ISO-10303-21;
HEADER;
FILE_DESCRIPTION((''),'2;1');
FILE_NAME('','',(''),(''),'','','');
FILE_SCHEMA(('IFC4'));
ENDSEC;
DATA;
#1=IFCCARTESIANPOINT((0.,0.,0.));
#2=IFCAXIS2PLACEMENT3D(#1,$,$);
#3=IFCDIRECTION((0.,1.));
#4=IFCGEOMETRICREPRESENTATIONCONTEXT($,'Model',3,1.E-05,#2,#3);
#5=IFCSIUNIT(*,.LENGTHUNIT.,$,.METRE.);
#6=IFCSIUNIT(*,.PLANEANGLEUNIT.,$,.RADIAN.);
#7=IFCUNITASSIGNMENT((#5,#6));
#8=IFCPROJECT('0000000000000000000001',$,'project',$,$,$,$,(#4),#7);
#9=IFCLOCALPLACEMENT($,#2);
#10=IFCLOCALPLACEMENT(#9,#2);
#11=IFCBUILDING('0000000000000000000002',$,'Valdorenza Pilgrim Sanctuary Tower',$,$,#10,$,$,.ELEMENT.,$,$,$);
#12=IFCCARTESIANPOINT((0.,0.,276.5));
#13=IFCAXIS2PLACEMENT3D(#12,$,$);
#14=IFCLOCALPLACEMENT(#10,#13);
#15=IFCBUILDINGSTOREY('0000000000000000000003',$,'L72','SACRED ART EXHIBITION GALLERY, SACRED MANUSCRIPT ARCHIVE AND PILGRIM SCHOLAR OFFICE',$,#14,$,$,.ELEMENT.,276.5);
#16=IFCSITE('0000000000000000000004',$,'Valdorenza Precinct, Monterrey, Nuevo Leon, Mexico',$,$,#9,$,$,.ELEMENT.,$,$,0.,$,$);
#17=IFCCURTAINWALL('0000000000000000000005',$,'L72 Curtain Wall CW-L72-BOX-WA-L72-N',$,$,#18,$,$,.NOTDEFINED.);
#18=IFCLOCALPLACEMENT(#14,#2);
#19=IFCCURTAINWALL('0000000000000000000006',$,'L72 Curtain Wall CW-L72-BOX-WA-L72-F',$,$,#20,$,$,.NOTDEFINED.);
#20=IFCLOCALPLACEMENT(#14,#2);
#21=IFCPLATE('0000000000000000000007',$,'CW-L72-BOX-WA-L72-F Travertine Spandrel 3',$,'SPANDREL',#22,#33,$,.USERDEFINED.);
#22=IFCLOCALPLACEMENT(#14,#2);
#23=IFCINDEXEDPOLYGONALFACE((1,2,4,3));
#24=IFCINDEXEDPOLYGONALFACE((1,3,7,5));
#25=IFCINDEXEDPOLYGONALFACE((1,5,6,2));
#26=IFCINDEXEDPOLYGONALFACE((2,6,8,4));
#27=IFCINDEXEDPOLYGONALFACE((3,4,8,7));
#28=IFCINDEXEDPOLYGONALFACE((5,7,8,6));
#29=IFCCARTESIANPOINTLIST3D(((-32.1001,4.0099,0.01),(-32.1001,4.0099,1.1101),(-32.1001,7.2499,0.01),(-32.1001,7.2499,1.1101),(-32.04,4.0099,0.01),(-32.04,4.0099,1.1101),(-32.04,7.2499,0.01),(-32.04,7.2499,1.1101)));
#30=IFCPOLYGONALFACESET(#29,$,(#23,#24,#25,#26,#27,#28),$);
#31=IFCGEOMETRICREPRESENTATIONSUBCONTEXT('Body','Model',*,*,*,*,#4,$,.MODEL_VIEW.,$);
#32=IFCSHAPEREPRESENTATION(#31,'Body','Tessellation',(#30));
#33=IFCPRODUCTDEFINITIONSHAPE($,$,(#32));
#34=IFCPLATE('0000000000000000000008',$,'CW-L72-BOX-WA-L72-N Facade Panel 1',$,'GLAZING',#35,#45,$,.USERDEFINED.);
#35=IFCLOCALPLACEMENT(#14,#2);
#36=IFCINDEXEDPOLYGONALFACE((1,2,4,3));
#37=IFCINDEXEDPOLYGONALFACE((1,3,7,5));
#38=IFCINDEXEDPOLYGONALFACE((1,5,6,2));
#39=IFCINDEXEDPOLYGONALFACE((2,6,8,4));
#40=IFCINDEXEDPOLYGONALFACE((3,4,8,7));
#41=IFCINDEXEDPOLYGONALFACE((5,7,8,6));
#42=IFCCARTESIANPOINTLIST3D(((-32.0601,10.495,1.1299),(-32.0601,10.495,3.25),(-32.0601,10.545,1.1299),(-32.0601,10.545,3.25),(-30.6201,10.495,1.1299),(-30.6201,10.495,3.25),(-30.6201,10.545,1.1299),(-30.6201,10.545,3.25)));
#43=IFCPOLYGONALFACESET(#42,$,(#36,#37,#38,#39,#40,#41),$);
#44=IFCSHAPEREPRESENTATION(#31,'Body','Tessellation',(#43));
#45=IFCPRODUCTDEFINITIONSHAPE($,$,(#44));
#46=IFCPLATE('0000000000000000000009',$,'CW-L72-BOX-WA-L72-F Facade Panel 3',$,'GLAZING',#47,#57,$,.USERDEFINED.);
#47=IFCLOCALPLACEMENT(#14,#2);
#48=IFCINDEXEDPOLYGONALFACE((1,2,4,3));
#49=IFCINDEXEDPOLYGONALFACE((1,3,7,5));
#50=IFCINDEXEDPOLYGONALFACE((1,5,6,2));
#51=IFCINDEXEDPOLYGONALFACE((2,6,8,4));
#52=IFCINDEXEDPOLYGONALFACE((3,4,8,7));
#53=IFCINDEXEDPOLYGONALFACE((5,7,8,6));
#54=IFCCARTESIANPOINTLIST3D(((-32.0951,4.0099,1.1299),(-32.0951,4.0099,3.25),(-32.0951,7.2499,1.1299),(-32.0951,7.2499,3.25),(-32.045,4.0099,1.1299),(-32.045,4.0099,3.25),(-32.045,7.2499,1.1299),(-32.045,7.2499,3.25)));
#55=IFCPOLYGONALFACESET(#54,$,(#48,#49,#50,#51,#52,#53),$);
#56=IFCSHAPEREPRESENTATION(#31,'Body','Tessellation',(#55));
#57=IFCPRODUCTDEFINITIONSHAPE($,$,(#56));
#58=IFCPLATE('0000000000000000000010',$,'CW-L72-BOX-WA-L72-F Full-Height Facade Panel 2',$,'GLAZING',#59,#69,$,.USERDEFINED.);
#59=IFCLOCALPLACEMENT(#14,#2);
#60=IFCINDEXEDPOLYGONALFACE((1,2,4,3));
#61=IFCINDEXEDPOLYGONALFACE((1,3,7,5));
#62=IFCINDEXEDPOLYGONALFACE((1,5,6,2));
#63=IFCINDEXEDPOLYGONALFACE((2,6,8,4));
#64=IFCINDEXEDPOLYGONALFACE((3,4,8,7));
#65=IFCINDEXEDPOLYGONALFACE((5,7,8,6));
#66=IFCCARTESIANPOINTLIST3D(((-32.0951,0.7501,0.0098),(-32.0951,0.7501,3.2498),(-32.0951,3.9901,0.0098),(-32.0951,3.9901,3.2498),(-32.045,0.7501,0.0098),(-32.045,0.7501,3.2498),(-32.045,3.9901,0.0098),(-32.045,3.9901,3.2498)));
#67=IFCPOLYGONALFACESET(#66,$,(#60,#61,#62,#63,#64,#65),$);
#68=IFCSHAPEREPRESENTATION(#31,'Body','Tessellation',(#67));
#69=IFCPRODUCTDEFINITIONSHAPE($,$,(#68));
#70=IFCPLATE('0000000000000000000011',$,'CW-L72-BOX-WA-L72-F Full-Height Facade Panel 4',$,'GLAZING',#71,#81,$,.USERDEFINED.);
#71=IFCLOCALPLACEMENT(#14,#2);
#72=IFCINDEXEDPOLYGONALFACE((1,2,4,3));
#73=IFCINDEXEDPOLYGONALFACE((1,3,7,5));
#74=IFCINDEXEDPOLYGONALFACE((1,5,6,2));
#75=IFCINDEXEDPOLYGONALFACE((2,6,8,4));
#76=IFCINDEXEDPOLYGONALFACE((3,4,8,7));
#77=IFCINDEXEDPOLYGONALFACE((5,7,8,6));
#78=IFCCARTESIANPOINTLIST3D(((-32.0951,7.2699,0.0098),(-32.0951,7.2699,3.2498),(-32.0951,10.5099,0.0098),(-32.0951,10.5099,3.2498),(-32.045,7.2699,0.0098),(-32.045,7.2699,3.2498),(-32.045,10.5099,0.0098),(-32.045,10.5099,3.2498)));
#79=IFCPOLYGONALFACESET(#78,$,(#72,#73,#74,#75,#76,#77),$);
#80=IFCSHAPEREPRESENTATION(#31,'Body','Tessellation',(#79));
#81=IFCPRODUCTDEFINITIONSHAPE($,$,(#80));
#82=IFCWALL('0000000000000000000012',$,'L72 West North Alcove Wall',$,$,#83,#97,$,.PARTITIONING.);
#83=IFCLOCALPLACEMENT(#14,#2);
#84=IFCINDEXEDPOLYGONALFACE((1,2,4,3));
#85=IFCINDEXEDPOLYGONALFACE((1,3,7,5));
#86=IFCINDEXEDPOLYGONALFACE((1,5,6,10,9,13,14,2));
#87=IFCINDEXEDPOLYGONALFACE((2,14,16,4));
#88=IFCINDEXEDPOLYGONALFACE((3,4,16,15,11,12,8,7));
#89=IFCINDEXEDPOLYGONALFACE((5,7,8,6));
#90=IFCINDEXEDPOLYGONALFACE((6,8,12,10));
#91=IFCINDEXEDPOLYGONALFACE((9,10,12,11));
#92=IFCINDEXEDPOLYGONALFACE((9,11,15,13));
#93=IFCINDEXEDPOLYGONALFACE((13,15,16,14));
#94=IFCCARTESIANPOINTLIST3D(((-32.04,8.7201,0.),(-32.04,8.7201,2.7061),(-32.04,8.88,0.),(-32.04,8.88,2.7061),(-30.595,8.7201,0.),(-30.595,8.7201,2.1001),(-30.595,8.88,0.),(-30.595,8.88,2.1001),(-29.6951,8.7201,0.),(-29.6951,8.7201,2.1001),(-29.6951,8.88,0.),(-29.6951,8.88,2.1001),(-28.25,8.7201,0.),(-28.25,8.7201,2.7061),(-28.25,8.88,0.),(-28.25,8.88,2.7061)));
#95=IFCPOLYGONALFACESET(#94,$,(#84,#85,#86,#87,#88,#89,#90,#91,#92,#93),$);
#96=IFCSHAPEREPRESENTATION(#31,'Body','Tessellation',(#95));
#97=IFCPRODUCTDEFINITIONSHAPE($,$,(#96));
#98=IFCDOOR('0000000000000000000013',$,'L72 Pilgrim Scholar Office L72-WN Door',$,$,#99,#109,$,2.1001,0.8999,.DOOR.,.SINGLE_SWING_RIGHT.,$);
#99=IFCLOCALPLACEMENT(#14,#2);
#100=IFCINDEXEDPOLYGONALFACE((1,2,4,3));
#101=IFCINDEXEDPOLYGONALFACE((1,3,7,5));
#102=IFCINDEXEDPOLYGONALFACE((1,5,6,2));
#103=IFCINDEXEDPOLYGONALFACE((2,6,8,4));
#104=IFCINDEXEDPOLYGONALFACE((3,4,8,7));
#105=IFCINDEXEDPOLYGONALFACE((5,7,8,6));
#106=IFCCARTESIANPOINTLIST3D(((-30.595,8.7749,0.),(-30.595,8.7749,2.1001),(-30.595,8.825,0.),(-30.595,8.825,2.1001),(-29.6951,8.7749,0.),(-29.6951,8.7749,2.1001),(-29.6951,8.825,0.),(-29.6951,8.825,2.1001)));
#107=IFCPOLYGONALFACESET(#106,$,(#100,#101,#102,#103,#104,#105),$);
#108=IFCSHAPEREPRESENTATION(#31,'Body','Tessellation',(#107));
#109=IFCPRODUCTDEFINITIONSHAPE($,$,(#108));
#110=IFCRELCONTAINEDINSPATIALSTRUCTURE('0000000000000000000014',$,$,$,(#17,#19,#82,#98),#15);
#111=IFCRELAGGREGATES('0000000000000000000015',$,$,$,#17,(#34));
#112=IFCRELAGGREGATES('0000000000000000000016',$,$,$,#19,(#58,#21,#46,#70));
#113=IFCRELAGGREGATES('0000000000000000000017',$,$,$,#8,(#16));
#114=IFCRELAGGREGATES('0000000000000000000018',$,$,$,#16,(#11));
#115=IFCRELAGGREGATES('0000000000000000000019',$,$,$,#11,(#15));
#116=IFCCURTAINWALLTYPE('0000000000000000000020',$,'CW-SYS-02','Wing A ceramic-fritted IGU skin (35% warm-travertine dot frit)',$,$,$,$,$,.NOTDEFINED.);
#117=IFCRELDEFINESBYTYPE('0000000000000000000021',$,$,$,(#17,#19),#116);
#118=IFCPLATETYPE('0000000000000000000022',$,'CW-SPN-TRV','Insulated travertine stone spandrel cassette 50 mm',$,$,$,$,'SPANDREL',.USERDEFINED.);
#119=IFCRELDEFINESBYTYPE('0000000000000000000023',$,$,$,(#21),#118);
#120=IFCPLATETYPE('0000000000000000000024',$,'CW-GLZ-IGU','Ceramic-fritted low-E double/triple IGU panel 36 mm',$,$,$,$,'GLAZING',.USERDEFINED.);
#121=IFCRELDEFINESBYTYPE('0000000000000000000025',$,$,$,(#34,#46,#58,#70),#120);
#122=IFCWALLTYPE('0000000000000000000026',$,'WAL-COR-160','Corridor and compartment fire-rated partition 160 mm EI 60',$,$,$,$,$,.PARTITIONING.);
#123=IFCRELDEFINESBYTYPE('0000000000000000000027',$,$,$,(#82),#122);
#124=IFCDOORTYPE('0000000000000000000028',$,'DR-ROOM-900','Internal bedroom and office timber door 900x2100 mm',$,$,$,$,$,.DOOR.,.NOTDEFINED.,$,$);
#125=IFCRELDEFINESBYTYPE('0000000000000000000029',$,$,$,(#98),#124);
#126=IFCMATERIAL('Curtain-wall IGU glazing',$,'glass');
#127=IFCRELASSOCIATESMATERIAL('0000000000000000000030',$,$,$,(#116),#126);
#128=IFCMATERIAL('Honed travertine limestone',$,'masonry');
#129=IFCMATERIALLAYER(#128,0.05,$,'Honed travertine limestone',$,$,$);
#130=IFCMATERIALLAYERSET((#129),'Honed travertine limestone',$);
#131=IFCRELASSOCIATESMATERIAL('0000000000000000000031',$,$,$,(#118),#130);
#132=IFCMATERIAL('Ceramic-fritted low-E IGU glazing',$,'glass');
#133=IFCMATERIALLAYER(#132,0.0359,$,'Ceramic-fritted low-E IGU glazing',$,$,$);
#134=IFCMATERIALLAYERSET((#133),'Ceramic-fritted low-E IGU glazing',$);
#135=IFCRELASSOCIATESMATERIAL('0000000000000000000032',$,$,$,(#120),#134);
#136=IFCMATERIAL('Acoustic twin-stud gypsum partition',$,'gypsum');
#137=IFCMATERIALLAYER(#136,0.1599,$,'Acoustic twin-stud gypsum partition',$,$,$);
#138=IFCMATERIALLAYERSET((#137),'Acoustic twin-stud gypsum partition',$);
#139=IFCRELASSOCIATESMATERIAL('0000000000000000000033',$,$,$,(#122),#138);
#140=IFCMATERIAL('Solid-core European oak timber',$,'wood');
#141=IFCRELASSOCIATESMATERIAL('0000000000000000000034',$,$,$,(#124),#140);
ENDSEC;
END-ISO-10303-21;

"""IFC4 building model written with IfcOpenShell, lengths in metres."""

from ifc_helpers import new_model, si_unit, direction, frame, frame_2d, origin, origin_2d, place, context, subcontext, project, spatial, rectangle, extrude, source, transform, mapped, material, layer, layer_set, type_object, element, fill, aggregate, save


model = new_model("IFC4")

# Units and contexts
model_context = context("Model", 3, precision=1e-05, world=origin(), true_north=direction((0.0, 1.0)))
body_context = subcontext(model_context, "Body", "Model", "MODEL_VIEW")
ifc_project = project(units=[si_unit("LENGTHUNIT", "METRE"), si_unit("PLANEANGLEUNIT", "RADIAN")], contexts=[model_context])

# Site, building, storey
site_placement = place(None, origin())
site = spatial("IfcSite", under=ifc_project, at=site_placement, Name="Valdorenza Precinct, Monterrey, Nuevo Leon, Mexico", CompositionType="ELEMENT", RefElevation=0.0)
building_placement = place(site_placement, origin())
building = spatial("IfcBuilding", under=site, at=building_placement, Name="Valdorenza Pilgrim Sanctuary Tower", CompositionType="ELEMENT")
storey_placement = place(building_placement, frame((0.0, 0.0, 276.5)))
storey = spatial("IfcBuildingStorey", under=building, at=storey_placement, Name="L72", Description="SACRED ART EXHIBITION GALLERY, SACRED MANUSCRIPT ARCHIVE AND PILGRIM SCHOLAR OFFICE", CompositionType="ELEMENT", Elevation=276.5)

# Curtain wall
ifc_material_1 = material(Name="Curtain-wall IGU glazing", Category="glass")
curtain_wall_type = type_object("IfcCurtainWallType", Name="CW-SYS-02", Description="Wing A ceramic-fritted IGU skin (35% warm-travertine dot frit)", PredefinedType="NOTDEFINED", material=ifc_material_1)
curtain_wall_1_placement = place(storey_placement, origin())
curtain_wall_1 = element("IfcCurtainWall", 1, at=curtain_wall_1_placement, inside=storey, type_object=curtain_wall_type, Name="L72 Curtain Wall CW-L72-BOX-WA-L72-N", PredefinedType="NOTDEFINED")

# Curtain wall
curtain_wall_2_placement = place(storey_placement, origin())
curtain_wall_2 = element("IfcCurtainWall", 2, at=curtain_wall_2_placement, inside=storey, type_object=curtain_wall_type, Name="L72 Curtain Wall CW-L72-BOX-WA-L72-F", PredefinedType="NOTDEFINED")

# Plates
ifc_material_2 = material(Name="Honed travertine limestone", Category="masonry")
ifc_layer_1 = layer(ifc_material_2, 0.05, Name="Honed travertine limestone")
ifc_layer_set_1 = layer_set([ifc_layer_1], Name="Honed travertine limestone")
plate_type_1 = type_object("IfcPlateType", Name="CW-SPN-TRV", Description="Insulated travertine stone spandrel cassette 50 mm", ElementType="SPANDREL", PredefinedType="USERDEFINED", material=ifc_layer_set_1)
shared_shape_1 = source(origin(), body_context, "Body", "SweptSolid", [
    extrude(rectangle(XDim=3.24, YDim=0.0601, at=origin_2d()), origin(), (0.0, 0.0, 1.0), 1.1001),
])
plate_1_placement = place(storey_placement, frame((-32.0701, 5.6299, 0.01), z_axis=(0.0, 0.0, 1.0), x_axis=(0.0, 1.0, 0.0)))
plate_1 = element("IfcPlate", 3, at=plate_1_placement, type_object=plate_type_1, Name="CW-L72-BOX-WA-L72-F Travertine Spandrel 3", ObjectType="SPANDREL", PredefinedType="USERDEFINED", context=body_context, shape_type="MappedRepresentation", body=[
    mapped(shared_shape_1, transform((0.0, 0.0, 0.0), x_axis=(1.0, 0.0, 0.0), y_axis=(0.0, 1.0, 0.0), z_axis=(0.0, 0.0, 1.0), scale=1.0)),
])
ifc_material_3 = material(Name="Ceramic-fritted low-E IGU glazing", Category="glass")
ifc_layer_2 = layer(ifc_material_3, 0.0359, Name="Ceramic-fritted low-E IGU glazing")
ifc_layer_set_2 = layer_set([ifc_layer_2], Name="Ceramic-fritted low-E IGU glazing")
plate_type_2 = type_object("IfcPlateType", Name="CW-GLZ-IGU", Description="Ceramic-fritted low-E double/triple IGU panel 36 mm", ElementType="GLAZING", PredefinedType="USERDEFINED", material=ifc_layer_set_2)
shared_shape_2 = source(origin(), body_context, "Body", "SweptSolid", [
    extrude(rectangle(XDim=1.4399, YDim=0.05, at=origin_2d()), origin(), (0.0, 0.0, 1.0), 2.1201),
])
plate_2_placement = place(storey_placement, frame((-31.3401, 10.52, 1.1299), z_axis=(0.0, 0.0, 1.0), x_axis=(1.0, 0.0, 0.0)))
plate_2 = element("IfcPlate", 4, at=plate_2_placement, type_object=plate_type_2, Name="CW-L72-BOX-WA-L72-N Facade Panel 1", ObjectType="GLAZING", PredefinedType="USERDEFINED", context=body_context, shape_type="MappedRepresentation", body=[
    mapped(shared_shape_2, transform((0.0, 0.0, 0.0), x_axis=(1.0, 0.0, 0.0), y_axis=(0.0, 1.0, 0.0), z_axis=(0.0, 0.0, 1.0), scale=1.0)),
])
aggregate(curtain_wall_1, [plate_2])
shared_shape_3 = source(origin(), body_context, "Body", "SweptSolid", [
    extrude(rectangle(XDim=3.24, YDim=0.05, at=origin_2d()), origin(), (0.0, 0.0, 1.0), 2.1201),
])
plate_3_placement = place(storey_placement, frame((-32.0701, 5.6299, 1.1299), z_axis=(0.0, 0.0, 1.0), x_axis=(0.0, 1.0, 0.0)))
plate_3 = element("IfcPlate", 5, at=plate_3_placement, type_object=plate_type_2, Name="CW-L72-BOX-WA-L72-F Facade Panel 3", ObjectType="GLAZING", PredefinedType="USERDEFINED", context=body_context, shape_type="MappedRepresentation", body=[
    mapped(shared_shape_3, transform((0.0, 0.0, 0.0), x_axis=(1.0, 0.0, 0.0), y_axis=(0.0, 1.0, 0.0), z_axis=(0.0, 0.0, 1.0), scale=1.0)),
])
shared_shape_4 = source(origin(), body_context, "Body", "SweptSolid", [
    extrude(rectangle(XDim=3.24, YDim=0.05, at=origin_2d()), origin(), (0.0, 0.0, 1.0), 3.24),
])
plate_4_placement = place(storey_placement, frame((-32.0701, 2.3701, 0.0098), z_axis=(0.0, 0.0, 1.0), x_axis=(0.0, 1.0, 0.0)))
plate_4 = element("IfcPlate", 6, at=plate_4_placement, type_object=plate_type_2, Name="CW-L72-BOX-WA-L72-F Full-Height Facade Panel 2", ObjectType="GLAZING", PredefinedType="USERDEFINED", context=body_context, shape_type="MappedRepresentation", body=[
    mapped(shared_shape_4, transform((0.0, 0.0, 0.0), x_axis=(1.0, 0.0, 0.0), y_axis=(0.0, 1.0, 0.0), z_axis=(0.0, 0.0, 1.0), scale=1.0)),
])
plate_5_placement = place(storey_placement, frame((-32.0701, 8.8899, 0.0098), z_axis=(0.0, 0.0, 1.0), x_axis=(0.0, 1.0, 0.0)))
plate_5 = element("IfcPlate", 7, at=plate_5_placement, type_object=plate_type_2, Name="CW-L72-BOX-WA-L72-F Full-Height Facade Panel 4", ObjectType="GLAZING", PredefinedType="USERDEFINED", context=body_context, shape_type="MappedRepresentation", body=[
    mapped(shared_shape_4, transform((0.0, 0.0, 0.0), x_axis=(1.0, 0.0, 0.0), y_axis=(0.0, 1.0, 0.0), z_axis=(0.0, 0.0, 1.0), scale=1.0)),
])
aggregate(curtain_wall_2, [plate_4, plate_1, plate_3, plate_5])

# Wall, opening, door
ifc_material_4 = material(Name="Acoustic twin-stud gypsum partition", Category="gypsum")
ifc_layer_3 = layer(ifc_material_4, 0.1599, Name="Acoustic twin-stud gypsum partition")
ifc_layer_set_3 = layer_set([ifc_layer_3], Name="Acoustic twin-stud gypsum partition")
wall_type = type_object("IfcWallType", Name="WAL-COR-160", Description="Corridor and compartment fire-rated partition 160 mm EI 60", PredefinedType="PARTITIONING", material=ifc_layer_set_3)
wall_placement = place(storey_placement, frame((-32.04, 8.8, 0.0), z_axis=(0.0, 0.0, 1.0), x_axis=(1.0, 0.0, 0.0)))
wall = element("IfcWall", 8, at=wall_placement, inside=storey, type_object=wall_type, Name="L72 West North Alcove Wall", PredefinedType="PARTITIONING", context=body_context, shape_type="SweptSolid", body=[
    extrude(rectangle(XDim=3.79, YDim=0.1599, at=frame_2d((1.895, 0.0))), origin(), (0.0, 0.0, 1.0), 2.7061),
])
opening_placement = place(wall_placement, frame((1.4451, 0.0, 0.0)))
opening = element("IfcOpeningElement", 9, at=opening_placement, cuts=wall, PredefinedType="OPENING", context=body_context, shape_type="SweptSolid", body=[
    extrude(rectangle(XDim=0.8999, YDim=2.1001, at=frame_2d((0.45, 1.05))), frame((0.0, 0.0947, 0.0), z_axis=(0.0, -1.0, 0.0), x_axis=(1.0, 0.0, 0.0)), (0.0, 0.0, 1.0), 0.1897),
])
ifc_material_5 = material(Name="Solid-core European oak timber", Category="wood")
door_type = type_object("IfcDoorType", Name="DR-ROOM-900", Description="Internal bedroom and office timber door 900x2100 mm", OperationType="NOTDEFINED", PredefinedType="DOOR", material=ifc_material_5)
door_placement = place(opening_placement, origin())
door = element("IfcDoor", 10, at=door_placement, inside=storey, type_object=door_type, Name="L72 Pilgrim Scholar Office L72-WN Door", OperationType="SINGLE_SWING_RIGHT", OverallHeight=2.1001, OverallWidth=0.8999, PredefinedType="DOOR", context=body_context, shape_type="SweptSolid", body=[
    extrude(rectangle(XDim=0.8999, YDim=2.1001, at=frame_2d((0.45, 1.05))), frame((0.0, 0.0249, 0.0), z_axis=(0.0, -1.0, 0.0), x_axis=(1.0, 0.0, 0.0)), (0.0, 0.0, 1.0), 0.05),
])
fill(opening, door)

save(model, "model.ifc")
